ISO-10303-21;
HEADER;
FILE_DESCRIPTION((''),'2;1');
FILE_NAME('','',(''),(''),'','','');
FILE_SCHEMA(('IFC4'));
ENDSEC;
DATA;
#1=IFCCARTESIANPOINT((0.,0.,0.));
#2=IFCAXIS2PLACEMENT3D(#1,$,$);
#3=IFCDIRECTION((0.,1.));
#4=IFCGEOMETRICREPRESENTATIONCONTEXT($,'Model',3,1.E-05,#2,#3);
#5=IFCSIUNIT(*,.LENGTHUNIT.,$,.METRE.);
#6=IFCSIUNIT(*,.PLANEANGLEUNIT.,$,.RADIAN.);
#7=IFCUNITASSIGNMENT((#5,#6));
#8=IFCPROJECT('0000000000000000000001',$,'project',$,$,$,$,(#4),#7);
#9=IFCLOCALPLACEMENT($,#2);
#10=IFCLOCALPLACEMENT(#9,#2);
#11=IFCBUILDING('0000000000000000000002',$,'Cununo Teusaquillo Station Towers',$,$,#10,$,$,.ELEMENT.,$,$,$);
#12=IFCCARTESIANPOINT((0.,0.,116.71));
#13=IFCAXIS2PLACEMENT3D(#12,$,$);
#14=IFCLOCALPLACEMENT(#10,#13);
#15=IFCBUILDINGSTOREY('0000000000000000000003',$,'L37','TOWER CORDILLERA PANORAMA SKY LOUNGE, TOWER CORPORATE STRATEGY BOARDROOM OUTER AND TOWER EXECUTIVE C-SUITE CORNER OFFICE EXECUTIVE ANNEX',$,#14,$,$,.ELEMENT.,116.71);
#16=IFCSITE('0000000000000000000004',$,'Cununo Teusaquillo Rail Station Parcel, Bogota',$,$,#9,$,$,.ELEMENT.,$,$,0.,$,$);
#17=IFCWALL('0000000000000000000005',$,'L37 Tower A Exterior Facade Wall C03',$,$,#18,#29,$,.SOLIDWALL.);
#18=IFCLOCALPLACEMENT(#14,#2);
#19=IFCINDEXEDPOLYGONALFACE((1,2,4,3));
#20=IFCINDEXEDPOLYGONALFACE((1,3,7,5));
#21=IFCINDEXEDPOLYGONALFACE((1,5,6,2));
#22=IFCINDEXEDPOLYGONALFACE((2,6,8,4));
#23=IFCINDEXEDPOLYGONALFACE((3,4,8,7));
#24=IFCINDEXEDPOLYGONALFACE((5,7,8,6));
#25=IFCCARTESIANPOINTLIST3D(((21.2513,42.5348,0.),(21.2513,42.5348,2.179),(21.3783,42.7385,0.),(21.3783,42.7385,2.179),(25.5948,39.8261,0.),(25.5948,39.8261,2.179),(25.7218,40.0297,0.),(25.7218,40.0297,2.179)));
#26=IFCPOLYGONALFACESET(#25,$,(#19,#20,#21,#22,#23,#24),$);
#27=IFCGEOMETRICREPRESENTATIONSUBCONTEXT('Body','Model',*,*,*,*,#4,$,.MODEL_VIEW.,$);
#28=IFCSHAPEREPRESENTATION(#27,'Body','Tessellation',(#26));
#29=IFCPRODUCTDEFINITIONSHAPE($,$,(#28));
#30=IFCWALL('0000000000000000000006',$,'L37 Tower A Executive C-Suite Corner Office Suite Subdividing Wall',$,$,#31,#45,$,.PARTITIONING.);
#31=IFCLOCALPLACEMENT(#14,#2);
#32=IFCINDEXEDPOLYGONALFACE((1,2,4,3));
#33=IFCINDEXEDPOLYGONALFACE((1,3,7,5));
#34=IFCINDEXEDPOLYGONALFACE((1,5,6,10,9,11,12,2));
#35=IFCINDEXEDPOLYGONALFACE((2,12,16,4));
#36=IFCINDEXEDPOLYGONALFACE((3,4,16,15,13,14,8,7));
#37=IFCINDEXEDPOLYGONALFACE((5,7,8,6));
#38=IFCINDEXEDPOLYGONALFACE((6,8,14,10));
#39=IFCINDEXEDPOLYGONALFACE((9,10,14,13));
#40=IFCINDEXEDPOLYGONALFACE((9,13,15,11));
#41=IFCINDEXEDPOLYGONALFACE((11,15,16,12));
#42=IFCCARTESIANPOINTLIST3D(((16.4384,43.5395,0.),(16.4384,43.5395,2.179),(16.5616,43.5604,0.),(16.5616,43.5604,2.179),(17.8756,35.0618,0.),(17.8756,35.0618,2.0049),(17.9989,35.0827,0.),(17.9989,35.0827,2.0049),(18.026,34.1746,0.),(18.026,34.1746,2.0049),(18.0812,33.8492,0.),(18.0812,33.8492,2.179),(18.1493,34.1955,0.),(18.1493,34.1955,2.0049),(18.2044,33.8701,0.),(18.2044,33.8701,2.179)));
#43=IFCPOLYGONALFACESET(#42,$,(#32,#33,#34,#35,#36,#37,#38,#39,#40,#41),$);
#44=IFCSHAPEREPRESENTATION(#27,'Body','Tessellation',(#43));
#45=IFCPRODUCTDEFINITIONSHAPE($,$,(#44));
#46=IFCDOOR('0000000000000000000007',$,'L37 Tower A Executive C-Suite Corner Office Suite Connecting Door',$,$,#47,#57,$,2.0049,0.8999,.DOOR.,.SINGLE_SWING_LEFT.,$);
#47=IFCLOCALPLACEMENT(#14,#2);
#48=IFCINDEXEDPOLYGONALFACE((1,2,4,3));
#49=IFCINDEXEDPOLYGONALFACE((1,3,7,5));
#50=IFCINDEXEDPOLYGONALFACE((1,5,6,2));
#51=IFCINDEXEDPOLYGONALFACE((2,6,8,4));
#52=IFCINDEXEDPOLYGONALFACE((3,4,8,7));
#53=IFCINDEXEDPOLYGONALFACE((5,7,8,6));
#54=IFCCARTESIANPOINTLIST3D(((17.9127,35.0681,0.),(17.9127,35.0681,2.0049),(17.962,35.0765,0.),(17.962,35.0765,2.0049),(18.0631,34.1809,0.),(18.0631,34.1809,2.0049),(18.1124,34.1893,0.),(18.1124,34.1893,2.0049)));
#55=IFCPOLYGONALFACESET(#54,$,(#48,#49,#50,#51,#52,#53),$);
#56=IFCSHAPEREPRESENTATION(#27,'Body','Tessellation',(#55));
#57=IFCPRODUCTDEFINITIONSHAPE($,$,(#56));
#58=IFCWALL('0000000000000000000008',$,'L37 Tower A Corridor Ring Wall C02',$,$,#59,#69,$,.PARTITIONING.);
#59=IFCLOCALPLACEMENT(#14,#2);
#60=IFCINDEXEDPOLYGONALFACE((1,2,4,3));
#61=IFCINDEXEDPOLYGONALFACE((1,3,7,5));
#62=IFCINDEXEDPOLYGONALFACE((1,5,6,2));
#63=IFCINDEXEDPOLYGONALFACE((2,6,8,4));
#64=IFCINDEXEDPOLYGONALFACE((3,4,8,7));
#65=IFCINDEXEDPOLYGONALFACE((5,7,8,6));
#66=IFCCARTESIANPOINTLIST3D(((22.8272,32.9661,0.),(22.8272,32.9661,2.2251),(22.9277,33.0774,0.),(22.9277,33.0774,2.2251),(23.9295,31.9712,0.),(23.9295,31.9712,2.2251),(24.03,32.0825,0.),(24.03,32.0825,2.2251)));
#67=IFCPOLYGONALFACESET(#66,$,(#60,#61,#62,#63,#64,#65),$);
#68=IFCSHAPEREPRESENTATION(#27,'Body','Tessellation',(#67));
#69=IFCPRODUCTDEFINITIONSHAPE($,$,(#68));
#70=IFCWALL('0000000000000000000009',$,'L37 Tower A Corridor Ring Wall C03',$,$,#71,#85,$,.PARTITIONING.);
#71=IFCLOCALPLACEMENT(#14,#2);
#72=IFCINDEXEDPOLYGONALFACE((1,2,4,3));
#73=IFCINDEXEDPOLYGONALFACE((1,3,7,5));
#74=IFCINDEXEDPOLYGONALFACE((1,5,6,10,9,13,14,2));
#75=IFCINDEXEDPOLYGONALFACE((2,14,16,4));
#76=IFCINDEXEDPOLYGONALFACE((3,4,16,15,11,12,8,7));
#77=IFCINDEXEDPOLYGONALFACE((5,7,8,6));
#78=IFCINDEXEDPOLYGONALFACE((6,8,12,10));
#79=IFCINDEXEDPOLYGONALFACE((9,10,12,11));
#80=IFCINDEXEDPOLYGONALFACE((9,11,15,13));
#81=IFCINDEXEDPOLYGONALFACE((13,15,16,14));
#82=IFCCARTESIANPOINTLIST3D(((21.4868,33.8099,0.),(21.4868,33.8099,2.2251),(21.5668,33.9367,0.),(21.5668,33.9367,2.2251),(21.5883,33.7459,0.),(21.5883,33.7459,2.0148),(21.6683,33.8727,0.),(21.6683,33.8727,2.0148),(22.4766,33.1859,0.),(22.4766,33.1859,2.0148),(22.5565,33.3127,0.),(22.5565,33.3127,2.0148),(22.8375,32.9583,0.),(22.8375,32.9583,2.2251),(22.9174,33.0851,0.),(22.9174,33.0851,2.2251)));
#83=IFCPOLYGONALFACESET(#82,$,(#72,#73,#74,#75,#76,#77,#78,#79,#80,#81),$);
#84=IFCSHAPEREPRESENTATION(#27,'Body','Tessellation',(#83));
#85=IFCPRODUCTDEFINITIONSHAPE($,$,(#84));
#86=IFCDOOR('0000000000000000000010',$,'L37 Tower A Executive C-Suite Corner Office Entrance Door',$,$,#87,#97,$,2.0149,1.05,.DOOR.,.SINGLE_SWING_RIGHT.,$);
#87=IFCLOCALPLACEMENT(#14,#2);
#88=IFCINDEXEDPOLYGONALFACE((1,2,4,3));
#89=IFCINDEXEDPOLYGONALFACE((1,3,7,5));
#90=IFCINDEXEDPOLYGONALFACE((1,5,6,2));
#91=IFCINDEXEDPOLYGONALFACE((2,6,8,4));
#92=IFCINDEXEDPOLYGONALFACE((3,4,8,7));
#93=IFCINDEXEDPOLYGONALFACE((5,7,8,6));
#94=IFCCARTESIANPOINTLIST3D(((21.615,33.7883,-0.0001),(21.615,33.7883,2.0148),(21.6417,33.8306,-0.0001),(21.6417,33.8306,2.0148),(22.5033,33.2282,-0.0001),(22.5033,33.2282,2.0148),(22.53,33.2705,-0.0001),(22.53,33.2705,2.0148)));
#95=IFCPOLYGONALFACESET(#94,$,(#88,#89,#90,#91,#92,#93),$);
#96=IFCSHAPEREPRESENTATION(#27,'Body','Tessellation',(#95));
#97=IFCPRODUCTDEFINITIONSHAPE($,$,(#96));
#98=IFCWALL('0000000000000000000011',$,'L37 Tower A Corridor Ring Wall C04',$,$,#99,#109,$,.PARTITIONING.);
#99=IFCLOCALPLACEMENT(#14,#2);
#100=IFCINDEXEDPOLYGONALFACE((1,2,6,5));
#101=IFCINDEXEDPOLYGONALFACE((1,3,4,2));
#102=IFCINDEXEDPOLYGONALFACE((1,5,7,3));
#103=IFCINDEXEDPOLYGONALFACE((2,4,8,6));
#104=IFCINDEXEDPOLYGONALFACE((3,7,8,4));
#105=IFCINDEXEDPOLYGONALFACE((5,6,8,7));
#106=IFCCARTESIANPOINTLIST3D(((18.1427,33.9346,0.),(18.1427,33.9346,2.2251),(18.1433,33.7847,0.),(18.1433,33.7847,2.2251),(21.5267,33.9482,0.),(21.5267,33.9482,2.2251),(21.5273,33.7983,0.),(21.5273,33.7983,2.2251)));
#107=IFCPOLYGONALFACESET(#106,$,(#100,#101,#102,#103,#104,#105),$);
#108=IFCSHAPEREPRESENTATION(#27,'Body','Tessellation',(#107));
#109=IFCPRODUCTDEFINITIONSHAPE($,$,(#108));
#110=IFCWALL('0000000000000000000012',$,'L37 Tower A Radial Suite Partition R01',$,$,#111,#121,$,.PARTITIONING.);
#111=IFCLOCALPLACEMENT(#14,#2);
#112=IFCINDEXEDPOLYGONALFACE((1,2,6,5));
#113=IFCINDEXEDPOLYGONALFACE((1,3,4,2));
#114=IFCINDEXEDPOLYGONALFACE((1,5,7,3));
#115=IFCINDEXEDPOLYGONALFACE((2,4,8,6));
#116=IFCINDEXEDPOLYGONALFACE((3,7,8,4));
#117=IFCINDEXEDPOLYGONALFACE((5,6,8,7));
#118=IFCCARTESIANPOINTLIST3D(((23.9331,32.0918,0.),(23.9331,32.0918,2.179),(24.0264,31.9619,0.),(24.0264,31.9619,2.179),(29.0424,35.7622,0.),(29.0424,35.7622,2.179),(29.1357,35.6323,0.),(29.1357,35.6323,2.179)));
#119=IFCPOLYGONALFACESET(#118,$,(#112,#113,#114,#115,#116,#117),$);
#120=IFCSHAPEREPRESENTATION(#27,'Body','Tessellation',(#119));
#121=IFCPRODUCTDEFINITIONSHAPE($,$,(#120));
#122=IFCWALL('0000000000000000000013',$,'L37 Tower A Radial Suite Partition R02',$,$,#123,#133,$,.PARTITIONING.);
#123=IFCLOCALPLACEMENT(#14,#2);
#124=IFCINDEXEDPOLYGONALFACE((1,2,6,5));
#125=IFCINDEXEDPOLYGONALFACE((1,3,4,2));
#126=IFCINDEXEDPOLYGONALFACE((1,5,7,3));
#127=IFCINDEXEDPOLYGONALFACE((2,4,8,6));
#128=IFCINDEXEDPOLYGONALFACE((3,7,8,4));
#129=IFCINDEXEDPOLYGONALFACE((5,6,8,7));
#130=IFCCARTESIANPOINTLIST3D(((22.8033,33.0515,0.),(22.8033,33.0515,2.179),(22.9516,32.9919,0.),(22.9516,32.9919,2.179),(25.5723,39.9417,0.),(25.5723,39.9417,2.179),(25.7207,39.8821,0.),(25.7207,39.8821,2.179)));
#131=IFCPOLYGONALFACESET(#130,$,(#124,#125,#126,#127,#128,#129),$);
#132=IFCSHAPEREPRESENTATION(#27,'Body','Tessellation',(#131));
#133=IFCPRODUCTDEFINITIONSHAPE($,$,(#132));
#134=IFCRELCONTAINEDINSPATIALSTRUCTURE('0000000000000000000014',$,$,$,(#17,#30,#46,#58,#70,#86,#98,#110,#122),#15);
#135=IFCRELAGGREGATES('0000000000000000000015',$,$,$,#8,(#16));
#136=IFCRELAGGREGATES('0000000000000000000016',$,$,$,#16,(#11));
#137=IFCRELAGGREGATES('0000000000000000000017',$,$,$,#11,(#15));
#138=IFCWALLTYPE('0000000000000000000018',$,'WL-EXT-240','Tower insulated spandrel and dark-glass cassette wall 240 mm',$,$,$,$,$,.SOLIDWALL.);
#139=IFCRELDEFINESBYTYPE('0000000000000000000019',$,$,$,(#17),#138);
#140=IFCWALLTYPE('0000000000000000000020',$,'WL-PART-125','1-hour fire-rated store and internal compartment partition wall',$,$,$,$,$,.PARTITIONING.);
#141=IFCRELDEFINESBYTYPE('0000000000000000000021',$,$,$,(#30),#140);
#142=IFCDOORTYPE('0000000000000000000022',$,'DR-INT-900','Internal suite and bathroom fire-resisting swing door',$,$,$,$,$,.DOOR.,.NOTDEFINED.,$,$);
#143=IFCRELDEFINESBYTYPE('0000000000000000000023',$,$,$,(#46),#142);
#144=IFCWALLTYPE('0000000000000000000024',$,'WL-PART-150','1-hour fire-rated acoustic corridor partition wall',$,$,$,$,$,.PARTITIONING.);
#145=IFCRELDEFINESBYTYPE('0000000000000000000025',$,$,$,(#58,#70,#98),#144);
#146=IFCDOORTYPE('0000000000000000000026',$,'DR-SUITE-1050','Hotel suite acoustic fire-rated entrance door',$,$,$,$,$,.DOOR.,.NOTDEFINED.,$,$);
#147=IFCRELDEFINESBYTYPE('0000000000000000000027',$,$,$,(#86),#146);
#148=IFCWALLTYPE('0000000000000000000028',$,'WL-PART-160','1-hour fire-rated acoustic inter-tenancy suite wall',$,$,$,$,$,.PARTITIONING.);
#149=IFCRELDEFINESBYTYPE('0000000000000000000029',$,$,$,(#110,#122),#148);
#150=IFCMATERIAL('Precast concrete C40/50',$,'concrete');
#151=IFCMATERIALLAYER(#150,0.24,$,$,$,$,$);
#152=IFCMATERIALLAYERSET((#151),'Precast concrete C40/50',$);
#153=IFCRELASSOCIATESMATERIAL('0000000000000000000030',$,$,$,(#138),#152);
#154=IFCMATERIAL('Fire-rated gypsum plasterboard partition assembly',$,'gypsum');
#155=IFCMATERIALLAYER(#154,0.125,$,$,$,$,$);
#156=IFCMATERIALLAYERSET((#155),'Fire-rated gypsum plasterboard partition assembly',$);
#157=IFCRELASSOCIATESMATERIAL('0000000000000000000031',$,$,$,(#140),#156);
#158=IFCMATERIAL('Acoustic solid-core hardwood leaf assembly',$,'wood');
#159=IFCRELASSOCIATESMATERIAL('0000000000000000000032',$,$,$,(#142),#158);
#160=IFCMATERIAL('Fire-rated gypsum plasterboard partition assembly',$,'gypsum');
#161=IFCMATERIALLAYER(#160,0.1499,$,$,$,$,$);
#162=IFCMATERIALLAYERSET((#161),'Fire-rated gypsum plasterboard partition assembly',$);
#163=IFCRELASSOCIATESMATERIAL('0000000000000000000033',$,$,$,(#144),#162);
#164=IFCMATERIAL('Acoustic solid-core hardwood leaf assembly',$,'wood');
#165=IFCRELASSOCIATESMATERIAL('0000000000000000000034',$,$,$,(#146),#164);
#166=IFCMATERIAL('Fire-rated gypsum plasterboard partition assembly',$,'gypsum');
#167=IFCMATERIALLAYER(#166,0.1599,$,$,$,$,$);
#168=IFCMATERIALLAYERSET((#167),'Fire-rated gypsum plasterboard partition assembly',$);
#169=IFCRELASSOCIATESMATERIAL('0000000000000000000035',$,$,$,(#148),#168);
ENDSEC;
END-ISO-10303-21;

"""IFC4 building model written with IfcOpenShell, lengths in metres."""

from ifc_helpers import new_model, si_unit, direction, frame, frame_2d, origin, place, context, subcontext, project, spatial, rectangle, extrude, source, transform, mapped, material, layer, layer_set, type_object, element, fill, save


model = new_model("IFC4")

# Units and contexts
model_context = context("Model", 3, precision=1e-05, world=origin(), true_north=direction((0.0, 1.0)))
body_context = subcontext(model_context, "Body", "Model", "MODEL_VIEW")
ifc_project = project(units=[si_unit("LENGTHUNIT", "METRE"), si_unit("PLANEANGLEUNIT", "RADIAN")], contexts=[model_context])

# Site, building, storey
site_placement = place(None, origin())
site = spatial("IfcSite", under=ifc_project, at=site_placement, Name="Cununo Teusaquillo Rail Station Parcel, Bogota", CompositionType="ELEMENT", RefElevation=0.0)
building_placement = place(site_placement, origin())
building = spatial("IfcBuilding", under=site, at=building_placement, Name="Cununo Teusaquillo Station Towers", CompositionType="ELEMENT")
storey_placement = place(building_placement, frame((0.0, 0.0, 116.71)))
storey = spatial("IfcBuildingStorey", under=building, at=storey_placement, Name="L37", Description="TOWER CORDILLERA PANORAMA SKY LOUNGE, TOWER CORPORATE STRATEGY BOARDROOM OUTER AND TOWER EXECUTIVE C-SUITE CORNER OFFICE EXECUTIVE ANNEX", CompositionType="ELEMENT", Elevation=116.71)

# Shared definitions
ifc_material_1 = material(Name="Precast concrete C40/50", Category="concrete")
ifc_layer_1 = layer(ifc_material_1, 0.24)
ifc_layer_set_1 = layer_set([ifc_layer_1], Name="Precast concrete C40/50")
wall_type_1 = type_object("IfcWallType", Name="WL-EXT-240", Description="Tower insulated spandrel and dark-glass cassette wall 240 mm", PredefinedType="SOLIDWALL", material=ifc_layer_set_1)

# Wall
wall_1_placement = place(storey_placement, frame((21.3147, 42.6367, 0.0), z_axis=(0.0, 0.0, 1.0), x_axis=(0.84852, -0.529163, 0.0)))
element("IfcWall", 1, at=wall_1_placement, inside=storey, type_object=wall_type_1, Name="L37 Tower A Exterior Facade Wall C03", PredefinedType="SOLIDWALL", context=body_context, shape_type="SweptSolid", body=[
    extrude(rectangle(XDim=5.1189, YDim=0.24, at=frame_2d((2.5596, 0.0))), origin(), (0.0, 0.0, 1.0), 2.179),
])

# Wall, opening, door
ifc_material_2 = material(Name="Fire-rated gypsum plasterboard partition assembly", Category="gypsum")
ifc_layer_2 = layer(ifc_material_2, 0.125)
ifc_layer_set_2 = layer_set([ifc_layer_2], Name="Fire-rated gypsum plasterboard partition assembly")
wall_type_2 = type_object("IfcWallType", Name="WL-PART-125", Description="1-hour fire-rated store and internal compartment partition wall", PredefinedType="PARTITIONING", material=ifc_layer_set_2)
wall_2_placement = place(storey_placement, frame((18.1428, 33.8596, 0.0), z_axis=(0.0, 0.0, 1.0), x_axis=(-0.167145, 0.985932, 0.0)))
wall_2 = element("IfcWall", 2, at=wall_2_placement, inside=storey, type_object=wall_type_2, Name="L37 Tower A Executive C-Suite Corner Office Suite Subdividing Wall", PredefinedType="PARTITIONING", context=body_context, shape_type="SweptSolid", body=[
    extrude(rectangle(XDim=9.8286, YDim=0.125, at=frame_2d((4.9143, 0.0))), origin(), (0.0, 0.0, 1.0), 2.179),
])
shared_shape_1 = source(origin(), body_context, "Body", "SweptSolid", [
    extrude(rectangle(XDim=0.8999, YDim=2.0049, at=frame_2d((0.45, 1.0024))), frame((0.0, 0.0725, 0.0), z_axis=(0.0, -1.0, 0.0), x_axis=(1.0, 0.0, 0.0)), (0.0, 0.0, 1.0), 0.145),
])
opening_1_placement = place(wall_2_placement, frame((0.3301, 0.0, 0.0)))
opening_1 = element("IfcOpeningElement", 3, at=opening_1_placement, cuts=wall_2, PredefinedType="OPENING", context=body_context, shape_type="MappedRepresentation", body=[
    mapped(shared_shape_1, transform((0.0, 0.0, 0.0), x_axis=(1.0, 0.0, 0.0), y_axis=(0.0, 1.0, 0.0), z_axis=(0.0, 0.0, 1.0), scale=1.0)),
])
ifc_material_3 = material(Name="Acoustic solid-core hardwood leaf assembly", Category="wood")
door_type_1 = type_object("IfcDoorType", Name="DR-INT-900", Description="Internal suite and bathroom fire-resisting swing door", OperationType="NOTDEFINED", PredefinedType="DOOR", material=ifc_material_3)
shared_shape_2 = source(origin(), body_context, "Body", "SweptSolid", [
    extrude(rectangle(XDim=0.8999, YDim=2.0049, at=frame_2d((0.45, 1.0024))), frame((0.0, 0.0249, 0.0), z_axis=(0.0, -1.0, 0.0), x_axis=(1.0, 0.0, 0.0)), (0.0, 0.0, 1.0), 0.05),
])
door_1_placement = place(opening_1_placement, origin())
door_1 = element("IfcDoor", 4, at=door_1_placement, inside=storey, type_object=door_type_1, Name="L37 Tower A Executive C-Suite Corner Office Suite Connecting Door", OperationType="SINGLE_SWING_LEFT", OverallHeight=2.0049, OverallWidth=0.8999, PredefinedType="DOOR", context=body_context, shape_type="MappedRepresentation", body=[
    mapped(shared_shape_2, transform((0.0, 0.0, 0.0), x_axis=(1.0, 0.0, 0.0), y_axis=(0.0, 1.0, 0.0), z_axis=(0.0, 0.0, 1.0), scale=1.0)),
])
fill(opening_1, door_1)

# Wall
ifc_material_4 = material(Name="Fire-rated gypsum plasterboard partition assembly", Category="gypsum")
ifc_layer_3 = layer(ifc_material_4, 0.1499)
ifc_layer_set_3 = layer_set([ifc_layer_3], Name="Fire-rated gypsum plasterboard partition assembly")
wall_type_3 = type_object("IfcWallType", Name="WL-PART-150", Description="1-hour fire-rated acoustic corridor partition wall", PredefinedType="PARTITIONING", material=ifc_layer_set_3)
wall_3_placement = place(storey_placement, frame((23.9797, 32.0269, 0.0), z_axis=(0.0, 0.0, 1.0), x_axis=(-0.742353, 0.670009, 0.0)))
element("IfcWall", 5, at=wall_3_placement, inside=storey, type_object=wall_type_3, Name="L37 Tower A Corridor Ring Wall C02", PredefinedType="PARTITIONING", context=body_context, shape_type="SweptSolid", body=[
    extrude(rectangle(XDim=1.4849, YDim=0.1499, at=frame_2d((0.7424, 0.0))), origin(), (0.0, 0.0, 1.0), 2.2251),
])

# Wall, opening, door
wall_4_placement = place(storey_placement, frame((22.8774, 33.0217, 0.0), z_axis=(0.0, 0.0, 1.0), x_axis=(-0.845896, 0.533348, 0.0)))
wall_4 = element("IfcWall", 6, at=wall_4_placement, inside=storey, type_object=wall_type_3, Name="L37 Tower A Corridor Ring Wall C03", PredefinedType="PARTITIONING", context=body_context, shape_type="SweptSolid", body=[
    extrude(rectangle(XDim=1.5967, YDim=0.1499, at=frame_2d((0.7983, 0.0))), origin(), (0.0, 0.0, 1.0), 2.2251),
])
shared_shape_3 = source(origin(), body_context, "Body", "SweptSolid", [
    extrude(rectangle(XDim=1.05, YDim=2.0149, at=frame_2d((0.5249, 1.0073))), frame((0.0, 0.085, 0.0), z_axis=(0.0, -1.0, 0.0), x_axis=(1.0, 0.0, 0.0)), (0.0, 0.0, 1.0), 0.1699),
])
opening_2_placement = place(wall_4_placement, frame((0.4268, 0.0, 0.0)))
opening_2 = element("IfcOpeningElement", 7, at=opening_2_placement, cuts=wall_4, PredefinedType="OPENING", context=body_context, shape_type="MappedRepresentation", body=[
    mapped(shared_shape_3, transform((0.0, 0.0, 0.0), x_axis=(1.0, 0.0, 0.0), y_axis=(0.0, 1.0, 0.0), z_axis=(0.0, 0.0, 1.0), scale=1.0)),
])
ifc_material_5 = material(Name="Acoustic solid-core hardwood leaf assembly", Category="wood")
door_type_2 = type_object("IfcDoorType", Name="DR-SUITE-1050", Description="Hotel suite acoustic fire-rated entrance door", OperationType="NOTDEFINED", PredefinedType="DOOR", material=ifc_material_5)
shared_shape_4 = source(origin(), body_context, "Body", "SweptSolid", [
    extrude(rectangle(XDim=1.05, YDim=2.0149, at=frame_2d((0.5249, 1.0073))), frame((0.0, 0.0249, 0.0), z_axis=(0.0, -1.0, 0.0), x_axis=(1.0, 0.0, 0.0)), (0.0, 0.0, 1.0), 0.05),
])
door_2_placement = place(opening_2_placement, origin())
door_2 = element("IfcDoor", 8, at=door_2_placement, inside=storey, type_object=door_type_2, Name="L37 Tower A Executive C-Suite Corner Office Entrance Door", OperationType="SINGLE_SWING_RIGHT", OverallHeight=2.0149, OverallWidth=1.05, PredefinedType="DOOR", context=body_context, shape_type="MappedRepresentation", body=[
    mapped(shared_shape_4, transform((0.0, 0.0, 0.0), x_axis=(1.0, 0.0, 0.0), y_axis=(0.0, 1.0, 0.0), z_axis=(0.0, 0.0, 1.0), scale=1.0)),
])
fill(opening_2, door_2)

# Walls
wall_5_placement = place(storey_placement, frame((21.5269, 33.8733, 0.0), z_axis=(0.0, 0.0, 1.0), x_axis=(-0.999992, -0.00404, 0.0)))
element("IfcWall", 9, at=wall_5_placement, inside=storey, type_object=wall_type_3, Name="L37 Tower A Corridor Ring Wall C04", PredefinedType="PARTITIONING", context=body_context, shape_type="SweptSolid", body=[
    extrude(rectangle(XDim=3.384, YDim=0.1499, at=frame_2d((1.6919, 0.0))), origin(), (0.0, 0.0, 1.0), 2.2251),
])
ifc_material_6 = material(Name="Fire-rated gypsum plasterboard partition assembly", Category="gypsum")
ifc_layer_4 = layer(ifc_material_6, 0.1599)
ifc_layer_set_4 = layer_set([ifc_layer_4], Name="Fire-rated gypsum plasterboard partition assembly")
wall_type_4 = type_object("IfcWallType", Name="WL-PART-160", Description="1-hour fire-rated acoustic inter-tenancy suite wall", PredefinedType="PARTITIONING", material=ifc_layer_set_4)
wall_6_placement = place(storey_placement, frame((23.9797, 32.0269, 0.0), z_axis=(0.0, 0.0, 1.0), x_axis=(0.812162, 0.583431, 0.0)))
element("IfcWall", 10, at=wall_6_placement, inside=storey, type_object=wall_type_4, Name="L37 Tower A Radial Suite Partition R01", PredefinedType="PARTITIONING", context=body_context, shape_type="SweptSolid", body=[
    extrude(rectangle(XDim=6.291, YDim=0.1599, at=frame_2d((3.1455, 0.0))), origin(), (0.0, 0.0, 1.0), 2.179),
])
wall_7_placement = place(storey_placement, frame((22.8774, 33.0217, 0.0), z_axis=(0.0, 0.0, 1.0), x_axis=(0.372898, 0.927872, 0.0)))
element("IfcWall", 11, at=wall_7_placement, inside=storey, type_object=wall_type_4, Name="L37 Tower A Radial Suite Partition R02", PredefinedType="PARTITIONING", context=body_context, shape_type="SweptSolid", body=[
    extrude(rectangle(XDim=7.4258, YDim=0.1599, at=frame_2d((3.7129, 0.0))), origin(), (0.0, 0.0, 1.0), 2.179),
])

save(model, "model.ifc")
